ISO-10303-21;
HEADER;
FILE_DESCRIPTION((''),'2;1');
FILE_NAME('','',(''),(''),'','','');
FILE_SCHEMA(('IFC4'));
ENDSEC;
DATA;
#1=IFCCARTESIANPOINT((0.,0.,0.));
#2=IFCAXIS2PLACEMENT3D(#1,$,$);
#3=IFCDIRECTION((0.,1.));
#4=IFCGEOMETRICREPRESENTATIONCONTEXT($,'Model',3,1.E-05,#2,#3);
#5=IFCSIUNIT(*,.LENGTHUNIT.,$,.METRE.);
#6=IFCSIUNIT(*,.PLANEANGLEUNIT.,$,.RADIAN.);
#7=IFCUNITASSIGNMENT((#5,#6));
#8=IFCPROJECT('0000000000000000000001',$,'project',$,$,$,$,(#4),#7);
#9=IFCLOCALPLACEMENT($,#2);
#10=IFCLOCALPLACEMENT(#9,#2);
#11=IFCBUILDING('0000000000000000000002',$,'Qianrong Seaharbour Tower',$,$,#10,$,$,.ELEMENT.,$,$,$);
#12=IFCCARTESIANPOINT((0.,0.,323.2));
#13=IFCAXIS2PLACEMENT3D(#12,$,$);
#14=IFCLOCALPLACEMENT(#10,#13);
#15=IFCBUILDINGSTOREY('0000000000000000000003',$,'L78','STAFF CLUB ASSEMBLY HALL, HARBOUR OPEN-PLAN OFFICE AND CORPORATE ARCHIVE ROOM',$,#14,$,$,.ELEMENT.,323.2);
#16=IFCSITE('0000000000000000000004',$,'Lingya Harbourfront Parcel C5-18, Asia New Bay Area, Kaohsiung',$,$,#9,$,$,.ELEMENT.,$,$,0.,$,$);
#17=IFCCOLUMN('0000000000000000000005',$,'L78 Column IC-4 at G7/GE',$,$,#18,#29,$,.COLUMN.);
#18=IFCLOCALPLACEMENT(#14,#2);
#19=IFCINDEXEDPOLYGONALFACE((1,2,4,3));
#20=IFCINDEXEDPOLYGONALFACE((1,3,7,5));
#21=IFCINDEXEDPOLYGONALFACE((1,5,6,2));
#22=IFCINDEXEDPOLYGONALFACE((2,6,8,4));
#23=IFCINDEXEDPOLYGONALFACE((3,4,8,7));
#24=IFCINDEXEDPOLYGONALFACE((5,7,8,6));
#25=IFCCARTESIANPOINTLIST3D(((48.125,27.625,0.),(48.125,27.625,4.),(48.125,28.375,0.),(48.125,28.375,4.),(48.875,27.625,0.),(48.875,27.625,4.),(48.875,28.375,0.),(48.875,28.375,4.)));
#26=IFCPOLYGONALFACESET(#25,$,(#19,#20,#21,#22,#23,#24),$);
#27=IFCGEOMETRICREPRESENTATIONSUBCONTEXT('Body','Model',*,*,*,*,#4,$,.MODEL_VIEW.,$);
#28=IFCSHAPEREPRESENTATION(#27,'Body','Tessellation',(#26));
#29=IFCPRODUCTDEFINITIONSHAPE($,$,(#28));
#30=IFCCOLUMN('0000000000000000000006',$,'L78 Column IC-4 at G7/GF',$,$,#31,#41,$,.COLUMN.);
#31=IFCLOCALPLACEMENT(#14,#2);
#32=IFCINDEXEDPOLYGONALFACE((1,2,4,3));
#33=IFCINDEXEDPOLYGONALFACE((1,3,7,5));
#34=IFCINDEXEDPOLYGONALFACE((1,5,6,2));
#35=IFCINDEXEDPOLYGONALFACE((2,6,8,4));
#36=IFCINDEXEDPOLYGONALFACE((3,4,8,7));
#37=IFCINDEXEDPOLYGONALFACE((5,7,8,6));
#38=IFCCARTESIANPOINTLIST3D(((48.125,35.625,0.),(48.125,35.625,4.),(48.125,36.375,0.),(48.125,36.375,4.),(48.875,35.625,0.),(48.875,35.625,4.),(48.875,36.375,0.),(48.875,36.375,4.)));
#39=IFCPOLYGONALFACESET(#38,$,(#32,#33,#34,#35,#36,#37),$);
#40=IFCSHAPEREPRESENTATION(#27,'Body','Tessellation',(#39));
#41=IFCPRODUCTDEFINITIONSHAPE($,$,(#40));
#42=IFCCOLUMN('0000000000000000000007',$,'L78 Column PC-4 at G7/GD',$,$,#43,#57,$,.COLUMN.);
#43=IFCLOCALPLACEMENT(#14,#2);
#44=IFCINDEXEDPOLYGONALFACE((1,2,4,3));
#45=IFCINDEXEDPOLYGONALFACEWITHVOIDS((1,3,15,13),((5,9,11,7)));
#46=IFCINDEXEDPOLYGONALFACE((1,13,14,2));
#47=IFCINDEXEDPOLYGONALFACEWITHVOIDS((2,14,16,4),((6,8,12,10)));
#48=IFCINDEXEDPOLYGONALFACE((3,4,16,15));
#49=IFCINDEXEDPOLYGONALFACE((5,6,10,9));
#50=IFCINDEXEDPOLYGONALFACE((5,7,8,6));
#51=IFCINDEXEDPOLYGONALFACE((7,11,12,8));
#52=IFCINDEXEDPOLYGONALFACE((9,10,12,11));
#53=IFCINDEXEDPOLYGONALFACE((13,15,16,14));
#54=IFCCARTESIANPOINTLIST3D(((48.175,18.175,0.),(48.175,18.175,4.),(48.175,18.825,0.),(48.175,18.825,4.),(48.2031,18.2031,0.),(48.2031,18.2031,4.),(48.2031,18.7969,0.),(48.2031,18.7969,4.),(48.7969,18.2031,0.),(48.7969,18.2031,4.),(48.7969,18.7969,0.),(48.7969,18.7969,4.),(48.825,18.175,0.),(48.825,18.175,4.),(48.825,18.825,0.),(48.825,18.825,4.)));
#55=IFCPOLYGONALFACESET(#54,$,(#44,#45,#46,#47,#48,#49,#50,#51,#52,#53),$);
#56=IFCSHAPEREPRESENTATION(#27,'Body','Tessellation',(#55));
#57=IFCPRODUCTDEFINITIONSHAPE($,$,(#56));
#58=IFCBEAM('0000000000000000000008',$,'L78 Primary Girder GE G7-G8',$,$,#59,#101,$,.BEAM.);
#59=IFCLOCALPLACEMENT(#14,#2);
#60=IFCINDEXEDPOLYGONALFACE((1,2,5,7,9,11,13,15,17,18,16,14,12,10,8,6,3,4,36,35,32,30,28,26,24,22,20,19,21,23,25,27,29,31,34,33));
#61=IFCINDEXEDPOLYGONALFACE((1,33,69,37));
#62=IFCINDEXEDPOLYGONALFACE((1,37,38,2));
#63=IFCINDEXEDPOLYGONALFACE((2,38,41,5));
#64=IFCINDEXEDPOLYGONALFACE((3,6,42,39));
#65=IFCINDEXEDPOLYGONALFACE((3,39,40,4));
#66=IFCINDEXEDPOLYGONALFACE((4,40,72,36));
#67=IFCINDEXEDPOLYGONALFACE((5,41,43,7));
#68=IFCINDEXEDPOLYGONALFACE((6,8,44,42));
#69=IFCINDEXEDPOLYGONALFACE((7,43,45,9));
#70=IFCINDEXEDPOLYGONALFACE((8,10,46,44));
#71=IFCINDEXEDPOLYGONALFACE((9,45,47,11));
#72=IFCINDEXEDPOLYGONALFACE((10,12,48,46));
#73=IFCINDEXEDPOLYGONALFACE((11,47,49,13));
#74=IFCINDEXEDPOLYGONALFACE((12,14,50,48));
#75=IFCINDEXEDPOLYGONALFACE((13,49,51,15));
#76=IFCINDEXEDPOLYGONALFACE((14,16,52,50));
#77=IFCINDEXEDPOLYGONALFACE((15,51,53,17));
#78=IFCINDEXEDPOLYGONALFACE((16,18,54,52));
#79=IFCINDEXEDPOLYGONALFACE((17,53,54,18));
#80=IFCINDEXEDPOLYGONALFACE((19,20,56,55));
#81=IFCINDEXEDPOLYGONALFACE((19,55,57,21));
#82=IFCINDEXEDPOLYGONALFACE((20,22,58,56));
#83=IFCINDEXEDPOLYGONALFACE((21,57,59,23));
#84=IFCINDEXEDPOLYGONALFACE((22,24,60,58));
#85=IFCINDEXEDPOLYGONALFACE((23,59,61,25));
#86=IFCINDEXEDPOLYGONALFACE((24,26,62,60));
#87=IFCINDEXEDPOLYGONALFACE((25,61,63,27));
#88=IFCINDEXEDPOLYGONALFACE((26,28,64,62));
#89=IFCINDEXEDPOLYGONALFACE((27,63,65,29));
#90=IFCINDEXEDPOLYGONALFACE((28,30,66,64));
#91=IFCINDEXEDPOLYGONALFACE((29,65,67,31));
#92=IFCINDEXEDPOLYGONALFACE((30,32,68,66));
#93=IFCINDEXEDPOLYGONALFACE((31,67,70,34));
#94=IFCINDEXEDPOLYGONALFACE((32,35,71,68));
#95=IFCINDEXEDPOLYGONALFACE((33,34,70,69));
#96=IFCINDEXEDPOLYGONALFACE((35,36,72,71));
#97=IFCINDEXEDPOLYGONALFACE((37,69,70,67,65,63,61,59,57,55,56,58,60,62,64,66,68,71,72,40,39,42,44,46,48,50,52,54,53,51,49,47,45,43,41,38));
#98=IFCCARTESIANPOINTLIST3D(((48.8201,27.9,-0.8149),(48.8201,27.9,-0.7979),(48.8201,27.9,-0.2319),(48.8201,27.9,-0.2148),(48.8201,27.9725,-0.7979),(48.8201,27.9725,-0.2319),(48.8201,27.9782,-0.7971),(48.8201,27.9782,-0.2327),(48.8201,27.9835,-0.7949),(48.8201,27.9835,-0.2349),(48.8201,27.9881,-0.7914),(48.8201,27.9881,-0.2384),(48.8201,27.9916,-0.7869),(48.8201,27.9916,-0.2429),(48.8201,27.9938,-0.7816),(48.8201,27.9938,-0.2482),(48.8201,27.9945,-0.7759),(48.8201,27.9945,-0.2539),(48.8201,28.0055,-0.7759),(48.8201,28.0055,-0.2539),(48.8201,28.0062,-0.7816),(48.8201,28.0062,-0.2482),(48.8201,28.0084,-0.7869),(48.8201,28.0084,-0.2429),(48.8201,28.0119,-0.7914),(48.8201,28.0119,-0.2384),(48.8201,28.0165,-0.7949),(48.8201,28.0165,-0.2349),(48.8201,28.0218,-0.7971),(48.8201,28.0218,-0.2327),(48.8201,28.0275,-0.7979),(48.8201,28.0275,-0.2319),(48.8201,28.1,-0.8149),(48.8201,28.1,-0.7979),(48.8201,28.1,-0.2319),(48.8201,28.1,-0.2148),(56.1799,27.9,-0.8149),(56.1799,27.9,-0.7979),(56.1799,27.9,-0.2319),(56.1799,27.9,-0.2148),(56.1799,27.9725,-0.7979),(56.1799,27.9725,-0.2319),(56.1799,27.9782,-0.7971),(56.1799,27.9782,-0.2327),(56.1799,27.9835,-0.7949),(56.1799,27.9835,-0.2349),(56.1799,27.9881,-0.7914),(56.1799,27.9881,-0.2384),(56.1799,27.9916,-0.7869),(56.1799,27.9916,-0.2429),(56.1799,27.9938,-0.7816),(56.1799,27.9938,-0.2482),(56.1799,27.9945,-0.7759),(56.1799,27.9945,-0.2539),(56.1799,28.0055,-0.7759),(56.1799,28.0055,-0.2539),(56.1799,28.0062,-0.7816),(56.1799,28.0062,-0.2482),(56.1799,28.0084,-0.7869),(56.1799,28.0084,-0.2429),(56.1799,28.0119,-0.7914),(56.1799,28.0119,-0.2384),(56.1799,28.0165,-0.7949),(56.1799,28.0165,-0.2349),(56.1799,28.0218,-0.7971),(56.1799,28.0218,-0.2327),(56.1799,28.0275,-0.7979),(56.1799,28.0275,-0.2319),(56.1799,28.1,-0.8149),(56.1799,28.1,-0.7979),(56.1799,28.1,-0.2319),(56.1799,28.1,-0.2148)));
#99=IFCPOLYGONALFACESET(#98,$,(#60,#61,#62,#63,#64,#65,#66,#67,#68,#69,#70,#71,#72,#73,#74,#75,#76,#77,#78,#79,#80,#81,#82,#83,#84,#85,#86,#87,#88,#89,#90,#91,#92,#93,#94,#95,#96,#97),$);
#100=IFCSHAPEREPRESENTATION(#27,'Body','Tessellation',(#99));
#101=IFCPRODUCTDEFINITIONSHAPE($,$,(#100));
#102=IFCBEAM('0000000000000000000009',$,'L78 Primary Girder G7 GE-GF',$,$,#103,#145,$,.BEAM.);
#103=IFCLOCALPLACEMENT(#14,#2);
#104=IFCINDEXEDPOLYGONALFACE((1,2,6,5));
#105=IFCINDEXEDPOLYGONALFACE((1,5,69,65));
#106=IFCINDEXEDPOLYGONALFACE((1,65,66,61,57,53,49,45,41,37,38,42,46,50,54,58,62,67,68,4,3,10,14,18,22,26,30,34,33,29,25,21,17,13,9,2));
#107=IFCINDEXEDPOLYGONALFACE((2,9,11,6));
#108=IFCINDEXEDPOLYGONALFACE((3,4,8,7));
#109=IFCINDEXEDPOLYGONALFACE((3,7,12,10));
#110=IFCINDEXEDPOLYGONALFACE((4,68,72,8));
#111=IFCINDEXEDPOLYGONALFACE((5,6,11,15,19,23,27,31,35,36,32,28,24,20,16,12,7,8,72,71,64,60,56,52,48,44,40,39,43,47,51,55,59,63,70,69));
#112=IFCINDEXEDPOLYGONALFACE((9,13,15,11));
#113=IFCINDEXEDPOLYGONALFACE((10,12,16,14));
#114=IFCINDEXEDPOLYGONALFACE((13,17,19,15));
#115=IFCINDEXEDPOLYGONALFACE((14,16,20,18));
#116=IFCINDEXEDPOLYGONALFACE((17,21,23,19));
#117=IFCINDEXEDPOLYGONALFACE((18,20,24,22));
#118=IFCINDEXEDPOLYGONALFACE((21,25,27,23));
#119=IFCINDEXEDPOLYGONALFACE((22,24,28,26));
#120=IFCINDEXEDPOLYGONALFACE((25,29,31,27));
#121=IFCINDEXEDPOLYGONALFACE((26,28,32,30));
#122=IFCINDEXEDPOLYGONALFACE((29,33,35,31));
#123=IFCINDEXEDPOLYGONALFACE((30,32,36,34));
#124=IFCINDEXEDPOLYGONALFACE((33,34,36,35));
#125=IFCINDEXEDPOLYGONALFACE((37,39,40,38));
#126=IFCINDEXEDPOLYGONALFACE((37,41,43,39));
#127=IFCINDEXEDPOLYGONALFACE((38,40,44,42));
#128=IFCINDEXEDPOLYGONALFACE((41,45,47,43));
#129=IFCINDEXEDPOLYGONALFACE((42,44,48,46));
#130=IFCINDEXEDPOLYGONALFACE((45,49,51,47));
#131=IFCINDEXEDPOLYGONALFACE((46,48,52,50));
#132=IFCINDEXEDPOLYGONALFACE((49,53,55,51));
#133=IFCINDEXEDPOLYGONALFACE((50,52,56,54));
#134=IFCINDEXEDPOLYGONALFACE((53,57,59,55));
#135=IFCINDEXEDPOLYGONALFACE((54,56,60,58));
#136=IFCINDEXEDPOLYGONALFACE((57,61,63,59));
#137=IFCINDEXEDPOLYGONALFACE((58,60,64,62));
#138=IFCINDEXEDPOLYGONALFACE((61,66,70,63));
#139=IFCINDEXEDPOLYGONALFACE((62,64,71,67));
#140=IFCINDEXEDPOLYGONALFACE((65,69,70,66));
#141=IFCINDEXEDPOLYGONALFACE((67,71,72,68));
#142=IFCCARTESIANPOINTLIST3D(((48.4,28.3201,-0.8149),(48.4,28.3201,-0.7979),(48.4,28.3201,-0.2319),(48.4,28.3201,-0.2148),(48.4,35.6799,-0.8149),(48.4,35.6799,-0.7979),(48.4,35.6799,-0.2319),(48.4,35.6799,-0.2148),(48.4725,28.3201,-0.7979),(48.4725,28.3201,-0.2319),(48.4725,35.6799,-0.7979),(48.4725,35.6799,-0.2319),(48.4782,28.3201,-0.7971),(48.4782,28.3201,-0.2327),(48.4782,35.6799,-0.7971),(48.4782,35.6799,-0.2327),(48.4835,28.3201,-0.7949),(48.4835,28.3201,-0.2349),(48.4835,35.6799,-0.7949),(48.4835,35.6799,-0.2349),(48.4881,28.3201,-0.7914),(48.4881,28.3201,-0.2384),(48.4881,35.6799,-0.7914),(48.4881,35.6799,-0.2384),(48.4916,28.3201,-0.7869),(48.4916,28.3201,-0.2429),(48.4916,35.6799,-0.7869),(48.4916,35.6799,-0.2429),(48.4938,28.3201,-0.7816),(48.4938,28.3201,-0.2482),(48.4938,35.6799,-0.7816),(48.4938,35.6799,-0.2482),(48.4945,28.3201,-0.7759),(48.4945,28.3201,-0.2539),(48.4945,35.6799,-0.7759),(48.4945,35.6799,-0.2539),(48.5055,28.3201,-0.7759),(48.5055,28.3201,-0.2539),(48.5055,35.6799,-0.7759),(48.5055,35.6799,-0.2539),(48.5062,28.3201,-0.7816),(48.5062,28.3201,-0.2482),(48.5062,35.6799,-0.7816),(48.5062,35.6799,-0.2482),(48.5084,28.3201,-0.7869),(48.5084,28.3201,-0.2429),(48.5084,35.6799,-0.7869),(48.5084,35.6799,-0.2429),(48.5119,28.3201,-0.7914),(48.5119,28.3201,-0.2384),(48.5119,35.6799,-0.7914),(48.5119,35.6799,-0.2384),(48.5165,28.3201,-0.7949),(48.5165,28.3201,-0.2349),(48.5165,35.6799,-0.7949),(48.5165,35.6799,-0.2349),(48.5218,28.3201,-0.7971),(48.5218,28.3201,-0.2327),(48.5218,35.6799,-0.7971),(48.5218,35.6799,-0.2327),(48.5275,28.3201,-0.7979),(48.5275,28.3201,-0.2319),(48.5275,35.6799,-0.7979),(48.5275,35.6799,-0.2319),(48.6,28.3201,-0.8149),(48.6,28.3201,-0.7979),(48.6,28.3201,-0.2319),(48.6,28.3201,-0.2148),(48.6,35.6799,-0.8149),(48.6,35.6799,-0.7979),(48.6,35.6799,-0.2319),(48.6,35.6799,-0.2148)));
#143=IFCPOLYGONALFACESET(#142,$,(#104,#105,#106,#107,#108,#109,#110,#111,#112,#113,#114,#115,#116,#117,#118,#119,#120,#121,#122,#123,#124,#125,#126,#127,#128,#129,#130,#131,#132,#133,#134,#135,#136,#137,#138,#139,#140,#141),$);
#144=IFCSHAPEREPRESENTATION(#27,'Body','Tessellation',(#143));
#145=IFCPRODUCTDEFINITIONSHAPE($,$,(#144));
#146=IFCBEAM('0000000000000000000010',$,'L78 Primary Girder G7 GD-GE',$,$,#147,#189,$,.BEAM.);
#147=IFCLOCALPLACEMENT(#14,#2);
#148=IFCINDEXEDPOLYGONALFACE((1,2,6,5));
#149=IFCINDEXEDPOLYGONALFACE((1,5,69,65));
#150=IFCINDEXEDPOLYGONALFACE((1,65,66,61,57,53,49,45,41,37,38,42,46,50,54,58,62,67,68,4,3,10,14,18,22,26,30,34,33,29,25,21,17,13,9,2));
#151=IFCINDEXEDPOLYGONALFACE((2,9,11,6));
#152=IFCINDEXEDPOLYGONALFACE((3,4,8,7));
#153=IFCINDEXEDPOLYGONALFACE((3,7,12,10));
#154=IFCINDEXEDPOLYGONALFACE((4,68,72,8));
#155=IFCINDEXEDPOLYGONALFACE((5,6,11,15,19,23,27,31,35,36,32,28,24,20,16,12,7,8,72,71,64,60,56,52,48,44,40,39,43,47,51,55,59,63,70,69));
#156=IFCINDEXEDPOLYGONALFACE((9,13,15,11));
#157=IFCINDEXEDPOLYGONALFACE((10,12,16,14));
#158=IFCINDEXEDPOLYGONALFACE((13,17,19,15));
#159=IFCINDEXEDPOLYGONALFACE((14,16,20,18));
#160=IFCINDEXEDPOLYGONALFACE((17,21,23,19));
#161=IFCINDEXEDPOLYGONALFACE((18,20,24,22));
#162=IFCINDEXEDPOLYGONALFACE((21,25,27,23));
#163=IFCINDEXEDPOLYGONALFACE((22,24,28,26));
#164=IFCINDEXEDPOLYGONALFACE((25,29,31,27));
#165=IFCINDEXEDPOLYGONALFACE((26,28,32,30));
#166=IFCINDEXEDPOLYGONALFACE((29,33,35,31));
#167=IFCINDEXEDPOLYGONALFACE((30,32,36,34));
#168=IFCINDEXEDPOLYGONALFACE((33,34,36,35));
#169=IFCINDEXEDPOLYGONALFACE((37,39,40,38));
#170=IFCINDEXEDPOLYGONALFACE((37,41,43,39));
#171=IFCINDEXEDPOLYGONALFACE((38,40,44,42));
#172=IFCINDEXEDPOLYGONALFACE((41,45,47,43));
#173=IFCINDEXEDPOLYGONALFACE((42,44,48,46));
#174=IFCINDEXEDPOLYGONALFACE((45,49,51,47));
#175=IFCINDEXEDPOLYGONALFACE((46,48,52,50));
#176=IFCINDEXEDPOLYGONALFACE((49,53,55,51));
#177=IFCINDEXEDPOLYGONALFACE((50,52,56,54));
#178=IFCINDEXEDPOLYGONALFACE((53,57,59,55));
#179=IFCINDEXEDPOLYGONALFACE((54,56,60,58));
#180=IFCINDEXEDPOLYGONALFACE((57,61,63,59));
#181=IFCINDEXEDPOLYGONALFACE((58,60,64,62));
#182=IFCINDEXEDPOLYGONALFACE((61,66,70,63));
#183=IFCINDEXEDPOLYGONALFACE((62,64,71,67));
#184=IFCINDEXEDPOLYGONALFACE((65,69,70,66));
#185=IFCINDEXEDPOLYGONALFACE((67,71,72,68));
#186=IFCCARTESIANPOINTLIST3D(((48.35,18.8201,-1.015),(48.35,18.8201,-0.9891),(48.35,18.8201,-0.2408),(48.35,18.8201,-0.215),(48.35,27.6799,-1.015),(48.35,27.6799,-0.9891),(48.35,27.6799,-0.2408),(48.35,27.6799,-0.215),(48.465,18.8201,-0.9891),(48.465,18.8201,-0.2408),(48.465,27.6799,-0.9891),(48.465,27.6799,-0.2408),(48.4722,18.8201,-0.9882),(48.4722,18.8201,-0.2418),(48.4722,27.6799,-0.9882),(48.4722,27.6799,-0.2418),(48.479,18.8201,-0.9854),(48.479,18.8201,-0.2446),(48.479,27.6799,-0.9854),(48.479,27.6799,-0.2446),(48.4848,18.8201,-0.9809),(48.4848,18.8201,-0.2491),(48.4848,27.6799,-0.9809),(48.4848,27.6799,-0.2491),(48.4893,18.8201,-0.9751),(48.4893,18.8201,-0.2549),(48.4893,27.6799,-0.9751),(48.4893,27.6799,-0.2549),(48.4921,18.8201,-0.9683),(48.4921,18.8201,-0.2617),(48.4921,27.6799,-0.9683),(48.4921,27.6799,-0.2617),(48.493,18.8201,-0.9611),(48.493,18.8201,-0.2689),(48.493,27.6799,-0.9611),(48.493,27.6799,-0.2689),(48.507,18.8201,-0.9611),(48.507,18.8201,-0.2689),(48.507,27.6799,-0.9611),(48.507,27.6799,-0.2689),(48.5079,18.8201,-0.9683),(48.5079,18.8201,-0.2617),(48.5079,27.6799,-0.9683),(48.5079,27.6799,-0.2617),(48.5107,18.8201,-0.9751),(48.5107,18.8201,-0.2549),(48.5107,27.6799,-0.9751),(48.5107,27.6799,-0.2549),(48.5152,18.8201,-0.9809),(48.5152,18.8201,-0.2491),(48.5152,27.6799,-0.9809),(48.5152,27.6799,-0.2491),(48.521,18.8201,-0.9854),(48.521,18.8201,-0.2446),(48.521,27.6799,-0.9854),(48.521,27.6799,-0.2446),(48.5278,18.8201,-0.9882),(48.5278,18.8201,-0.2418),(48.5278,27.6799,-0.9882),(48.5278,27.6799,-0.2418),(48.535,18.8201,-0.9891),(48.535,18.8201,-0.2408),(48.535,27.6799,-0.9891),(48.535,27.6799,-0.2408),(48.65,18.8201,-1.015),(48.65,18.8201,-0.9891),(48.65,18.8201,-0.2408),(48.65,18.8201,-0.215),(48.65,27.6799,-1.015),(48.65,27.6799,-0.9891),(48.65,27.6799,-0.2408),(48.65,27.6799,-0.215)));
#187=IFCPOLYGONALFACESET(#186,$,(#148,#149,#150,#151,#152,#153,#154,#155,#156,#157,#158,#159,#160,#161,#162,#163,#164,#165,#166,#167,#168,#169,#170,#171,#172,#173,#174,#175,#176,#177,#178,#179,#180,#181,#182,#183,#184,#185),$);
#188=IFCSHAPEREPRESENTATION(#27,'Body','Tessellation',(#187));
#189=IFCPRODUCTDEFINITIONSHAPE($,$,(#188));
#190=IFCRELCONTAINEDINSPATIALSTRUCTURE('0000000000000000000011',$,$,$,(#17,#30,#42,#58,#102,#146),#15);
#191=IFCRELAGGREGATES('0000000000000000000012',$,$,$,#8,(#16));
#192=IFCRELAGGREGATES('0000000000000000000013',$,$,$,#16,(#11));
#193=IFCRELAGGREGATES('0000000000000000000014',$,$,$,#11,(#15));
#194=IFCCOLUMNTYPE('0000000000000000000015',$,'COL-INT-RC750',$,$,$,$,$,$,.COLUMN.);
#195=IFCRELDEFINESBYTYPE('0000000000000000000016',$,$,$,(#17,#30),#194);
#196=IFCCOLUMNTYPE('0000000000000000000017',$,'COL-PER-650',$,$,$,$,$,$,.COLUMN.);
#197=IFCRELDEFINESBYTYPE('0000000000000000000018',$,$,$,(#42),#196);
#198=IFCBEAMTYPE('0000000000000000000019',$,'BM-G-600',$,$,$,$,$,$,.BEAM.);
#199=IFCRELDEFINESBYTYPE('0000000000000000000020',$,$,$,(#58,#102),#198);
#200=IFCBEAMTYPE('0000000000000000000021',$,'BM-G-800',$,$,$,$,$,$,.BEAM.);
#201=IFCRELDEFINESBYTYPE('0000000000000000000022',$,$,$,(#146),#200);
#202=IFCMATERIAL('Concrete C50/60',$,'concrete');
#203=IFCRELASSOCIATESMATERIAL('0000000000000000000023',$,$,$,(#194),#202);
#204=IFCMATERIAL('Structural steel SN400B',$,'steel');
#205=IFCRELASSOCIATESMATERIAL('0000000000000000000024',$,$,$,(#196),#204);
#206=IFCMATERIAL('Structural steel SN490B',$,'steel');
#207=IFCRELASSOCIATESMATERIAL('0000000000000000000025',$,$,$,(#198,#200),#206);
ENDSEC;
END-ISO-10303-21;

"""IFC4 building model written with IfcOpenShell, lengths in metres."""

from ifc_helpers import new_model, si_unit, direction, frame, origin, origin_2d, place, context, subcontext, project, spatial, rectangle, hollow_rectangle, i_section, extrude, material, material_profile, profile_set, type_object, element, save


model = new_model("IFC4")

# Units and contexts
model_context = context("Model", 3, precision=1e-05, world=origin(), true_north=direction((0.0, 1.0)))
body_context = subcontext(model_context, "Body", "Model", "MODEL_VIEW")
ifc_project = project(units=[si_unit("LENGTHUNIT", "METRE"), si_unit("PLANEANGLEUNIT", "RADIAN")], contexts=[model_context])

# Site, building, storey
site_placement = place(None, origin())
site = spatial("IfcSite", under=ifc_project, at=site_placement, Name="Lingya Harbourfront Parcel C5-18, Asia New Bay Area, Kaohsiung", CompositionType="ELEMENT", RefElevation=0.0)
building_placement = place(site_placement, origin())
building = spatial("IfcBuilding", under=site, at=building_placement, Name="Qianrong Seaharbour Tower", CompositionType="ELEMENT")
storey_placement = place(building_placement, frame((0.0, 0.0, 323.2)))
storey = spatial("IfcBuildingStorey", under=building, at=storey_placement, Name="L78", Description="STAFF CLUB ASSEMBLY HALL, HARBOUR OPEN-PLAN OFFICE AND CORPORATE ARCHIVE ROOM", CompositionType="ELEMENT", Elevation=323.2)

# Columns
ifc_material_1 = material(Name="Concrete C50/60", Category="concrete")
ifc_material_profile_1 = material_profile(ifc_material_1, rectangle(XDim=0.75, YDim=0.75, at=origin_2d()), Name="RC750x750")
ifc_profile_set_1 = profile_set([ifc_material_profile_1], Name="Concrete C50/60")
column_type_1 = type_object("IfcColumnType", Name="COL-INT-RC750", PredefinedType="COLUMN", material=ifc_profile_set_1)
for number, where, z_axis, x_axis, name in (
    (1, (48.5, 28.0, 0.0), (0.0, 0.0, 1.0), (1.0, 0.0, 0.0), "L78 Column IC-4 at G7/GE"),
    (2, (48.5, 36.0, 0.0), (0.0, 0.0, 1.0), (1.0, 0.0, 0.0), "L78 Column IC-4 at G7/GF"),
):
    element("IfcColumn", number, at=place(storey_placement, frame(where, z_axis=z_axis, x_axis=x_axis)), inside=storey, type_object=column_type_1, Name=name, PredefinedType="COLUMN", context=body_context, shape_type="SweptSolid", body=[
        extrude(rectangle(XDim=0.75, YDim=0.75, at=origin_2d()), origin(), (0.0, 0.0, 1.0), 4.0),
    ])
ifc_material_2 = material(Name="Structural steel SN400B", Category="steel")
ifc_material_profile_2 = material_profile(ifc_material_2, hollow_rectangle(XDim=0.6499, YDim=0.6499, WallThickness=0.0281, at=origin_2d()), Name="BOX650x650x28")
ifc_profile_set_2 = profile_set([ifc_material_profile_2], Name="Structural steel SN400B")
column_type_2 = type_object("IfcColumnType", Name="COL-PER-650", PredefinedType="COLUMN", material=ifc_profile_set_2)
column_placement = place(storey_placement, frame((48.5, 18.5, 0.0), z_axis=(0.0, 0.0, 1.0), x_axis=(1.0, 0.0, 0.0)))
element("IfcColumn", 3, at=column_placement, inside=storey, type_object=column_type_2, Name="L78 Column PC-4 at G7/GD", PredefinedType="COLUMN", context=body_context, shape_type="SweptSolid", body=[
    extrude(hollow_rectangle(XDim=0.6499, YDim=0.6499, WallThickness=0.0281, at=origin_2d()), origin(), (0.0, 0.0, 1.0), 4.0),
])

# Beams
ifc_material_3 = material(Name="Structural steel SN490B", Category="steel")
ifc_material_profile_3 = material_profile(ifc_material_3, i_section(OverallWidth=0.2, OverallDepth=0.6001, WebThickness=0.011, FlangeThickness=0.0171, FilletRadius=0.022, at=origin_2d()), Name="H600x200x11x17")
ifc_profile_set_3 = profile_set([ifc_material_profile_3], Name="Structural steel SN490B")
beam_type_1 = type_object("IfcBeamType", Name="BM-G-600", PredefinedType="BEAM", material=ifc_profile_set_3)
for number, where, z_axis, x_axis, name in (
    (4, (48.8201, 28.0, -0.5149), (1.0, 0.0, 0.0), (0.0, 1.0, 0.0), "L78 Primary Girder GE G7-G8"),
    (5, (48.5, 28.3201, -0.5149), (0.0, 1.0, 0.0), (-1.0, 0.0, 0.0), "L78 Primary Girder G7 GE-GF"),
):
    element("IfcBeam", number, at=place(storey_placement, frame(where, z_axis=z_axis, x_axis=x_axis)), inside=storey, type_object=beam_type_1, Name=name, PredefinedType="BEAM", context=body_context, shape_type="SweptSolid", body=[
        extrude(i_section(OverallWidth=0.2, OverallDepth=0.6001, WebThickness=0.011, FlangeThickness=0.0171, FilletRadius=0.022, at=origin_2d()), origin(), (0.0, 0.0, 1.0), 7.3599),
    ])
ifc_material_profile_4 = material_profile(ifc_material_3, i_section(OverallWidth=0.3, OverallDepth=0.8, WebThickness=0.0139, FlangeThickness=0.0259, FilletRadius=0.0281, at=origin_2d()), Name="H800x300x14x26")
ifc_profile_set_4 = profile_set([ifc_material_profile_4], Name="Structural steel SN490B")
beam_type_2 = type_object("IfcBeamType", Name="BM-G-800", PredefinedType="BEAM", material=ifc_profile_set_4)
beam_1_placement = place(storey_placement, frame((48.5, 18.8201, -0.615), z_axis=(0.0, 1.0, 0.0), x_axis=(-1.0, 0.0, 0.0)))
element("IfcBeam", 6, at=beam_1_placement, inside=storey, type_object=beam_type_2, Name="L78 Primary Girder G7 GD-GE", PredefinedType="BEAM", context=body_context, shape_type="SweptSolid", body=[
    extrude(i_section(OverallWidth=0.3, OverallDepth=0.8, WebThickness=0.0139, FlangeThickness=0.0259, FilletRadius=0.0281, at=origin_2d()), origin(), (0.0, 0.0, 1.0), 8.8599),
])

save(model, "model.ifc")
